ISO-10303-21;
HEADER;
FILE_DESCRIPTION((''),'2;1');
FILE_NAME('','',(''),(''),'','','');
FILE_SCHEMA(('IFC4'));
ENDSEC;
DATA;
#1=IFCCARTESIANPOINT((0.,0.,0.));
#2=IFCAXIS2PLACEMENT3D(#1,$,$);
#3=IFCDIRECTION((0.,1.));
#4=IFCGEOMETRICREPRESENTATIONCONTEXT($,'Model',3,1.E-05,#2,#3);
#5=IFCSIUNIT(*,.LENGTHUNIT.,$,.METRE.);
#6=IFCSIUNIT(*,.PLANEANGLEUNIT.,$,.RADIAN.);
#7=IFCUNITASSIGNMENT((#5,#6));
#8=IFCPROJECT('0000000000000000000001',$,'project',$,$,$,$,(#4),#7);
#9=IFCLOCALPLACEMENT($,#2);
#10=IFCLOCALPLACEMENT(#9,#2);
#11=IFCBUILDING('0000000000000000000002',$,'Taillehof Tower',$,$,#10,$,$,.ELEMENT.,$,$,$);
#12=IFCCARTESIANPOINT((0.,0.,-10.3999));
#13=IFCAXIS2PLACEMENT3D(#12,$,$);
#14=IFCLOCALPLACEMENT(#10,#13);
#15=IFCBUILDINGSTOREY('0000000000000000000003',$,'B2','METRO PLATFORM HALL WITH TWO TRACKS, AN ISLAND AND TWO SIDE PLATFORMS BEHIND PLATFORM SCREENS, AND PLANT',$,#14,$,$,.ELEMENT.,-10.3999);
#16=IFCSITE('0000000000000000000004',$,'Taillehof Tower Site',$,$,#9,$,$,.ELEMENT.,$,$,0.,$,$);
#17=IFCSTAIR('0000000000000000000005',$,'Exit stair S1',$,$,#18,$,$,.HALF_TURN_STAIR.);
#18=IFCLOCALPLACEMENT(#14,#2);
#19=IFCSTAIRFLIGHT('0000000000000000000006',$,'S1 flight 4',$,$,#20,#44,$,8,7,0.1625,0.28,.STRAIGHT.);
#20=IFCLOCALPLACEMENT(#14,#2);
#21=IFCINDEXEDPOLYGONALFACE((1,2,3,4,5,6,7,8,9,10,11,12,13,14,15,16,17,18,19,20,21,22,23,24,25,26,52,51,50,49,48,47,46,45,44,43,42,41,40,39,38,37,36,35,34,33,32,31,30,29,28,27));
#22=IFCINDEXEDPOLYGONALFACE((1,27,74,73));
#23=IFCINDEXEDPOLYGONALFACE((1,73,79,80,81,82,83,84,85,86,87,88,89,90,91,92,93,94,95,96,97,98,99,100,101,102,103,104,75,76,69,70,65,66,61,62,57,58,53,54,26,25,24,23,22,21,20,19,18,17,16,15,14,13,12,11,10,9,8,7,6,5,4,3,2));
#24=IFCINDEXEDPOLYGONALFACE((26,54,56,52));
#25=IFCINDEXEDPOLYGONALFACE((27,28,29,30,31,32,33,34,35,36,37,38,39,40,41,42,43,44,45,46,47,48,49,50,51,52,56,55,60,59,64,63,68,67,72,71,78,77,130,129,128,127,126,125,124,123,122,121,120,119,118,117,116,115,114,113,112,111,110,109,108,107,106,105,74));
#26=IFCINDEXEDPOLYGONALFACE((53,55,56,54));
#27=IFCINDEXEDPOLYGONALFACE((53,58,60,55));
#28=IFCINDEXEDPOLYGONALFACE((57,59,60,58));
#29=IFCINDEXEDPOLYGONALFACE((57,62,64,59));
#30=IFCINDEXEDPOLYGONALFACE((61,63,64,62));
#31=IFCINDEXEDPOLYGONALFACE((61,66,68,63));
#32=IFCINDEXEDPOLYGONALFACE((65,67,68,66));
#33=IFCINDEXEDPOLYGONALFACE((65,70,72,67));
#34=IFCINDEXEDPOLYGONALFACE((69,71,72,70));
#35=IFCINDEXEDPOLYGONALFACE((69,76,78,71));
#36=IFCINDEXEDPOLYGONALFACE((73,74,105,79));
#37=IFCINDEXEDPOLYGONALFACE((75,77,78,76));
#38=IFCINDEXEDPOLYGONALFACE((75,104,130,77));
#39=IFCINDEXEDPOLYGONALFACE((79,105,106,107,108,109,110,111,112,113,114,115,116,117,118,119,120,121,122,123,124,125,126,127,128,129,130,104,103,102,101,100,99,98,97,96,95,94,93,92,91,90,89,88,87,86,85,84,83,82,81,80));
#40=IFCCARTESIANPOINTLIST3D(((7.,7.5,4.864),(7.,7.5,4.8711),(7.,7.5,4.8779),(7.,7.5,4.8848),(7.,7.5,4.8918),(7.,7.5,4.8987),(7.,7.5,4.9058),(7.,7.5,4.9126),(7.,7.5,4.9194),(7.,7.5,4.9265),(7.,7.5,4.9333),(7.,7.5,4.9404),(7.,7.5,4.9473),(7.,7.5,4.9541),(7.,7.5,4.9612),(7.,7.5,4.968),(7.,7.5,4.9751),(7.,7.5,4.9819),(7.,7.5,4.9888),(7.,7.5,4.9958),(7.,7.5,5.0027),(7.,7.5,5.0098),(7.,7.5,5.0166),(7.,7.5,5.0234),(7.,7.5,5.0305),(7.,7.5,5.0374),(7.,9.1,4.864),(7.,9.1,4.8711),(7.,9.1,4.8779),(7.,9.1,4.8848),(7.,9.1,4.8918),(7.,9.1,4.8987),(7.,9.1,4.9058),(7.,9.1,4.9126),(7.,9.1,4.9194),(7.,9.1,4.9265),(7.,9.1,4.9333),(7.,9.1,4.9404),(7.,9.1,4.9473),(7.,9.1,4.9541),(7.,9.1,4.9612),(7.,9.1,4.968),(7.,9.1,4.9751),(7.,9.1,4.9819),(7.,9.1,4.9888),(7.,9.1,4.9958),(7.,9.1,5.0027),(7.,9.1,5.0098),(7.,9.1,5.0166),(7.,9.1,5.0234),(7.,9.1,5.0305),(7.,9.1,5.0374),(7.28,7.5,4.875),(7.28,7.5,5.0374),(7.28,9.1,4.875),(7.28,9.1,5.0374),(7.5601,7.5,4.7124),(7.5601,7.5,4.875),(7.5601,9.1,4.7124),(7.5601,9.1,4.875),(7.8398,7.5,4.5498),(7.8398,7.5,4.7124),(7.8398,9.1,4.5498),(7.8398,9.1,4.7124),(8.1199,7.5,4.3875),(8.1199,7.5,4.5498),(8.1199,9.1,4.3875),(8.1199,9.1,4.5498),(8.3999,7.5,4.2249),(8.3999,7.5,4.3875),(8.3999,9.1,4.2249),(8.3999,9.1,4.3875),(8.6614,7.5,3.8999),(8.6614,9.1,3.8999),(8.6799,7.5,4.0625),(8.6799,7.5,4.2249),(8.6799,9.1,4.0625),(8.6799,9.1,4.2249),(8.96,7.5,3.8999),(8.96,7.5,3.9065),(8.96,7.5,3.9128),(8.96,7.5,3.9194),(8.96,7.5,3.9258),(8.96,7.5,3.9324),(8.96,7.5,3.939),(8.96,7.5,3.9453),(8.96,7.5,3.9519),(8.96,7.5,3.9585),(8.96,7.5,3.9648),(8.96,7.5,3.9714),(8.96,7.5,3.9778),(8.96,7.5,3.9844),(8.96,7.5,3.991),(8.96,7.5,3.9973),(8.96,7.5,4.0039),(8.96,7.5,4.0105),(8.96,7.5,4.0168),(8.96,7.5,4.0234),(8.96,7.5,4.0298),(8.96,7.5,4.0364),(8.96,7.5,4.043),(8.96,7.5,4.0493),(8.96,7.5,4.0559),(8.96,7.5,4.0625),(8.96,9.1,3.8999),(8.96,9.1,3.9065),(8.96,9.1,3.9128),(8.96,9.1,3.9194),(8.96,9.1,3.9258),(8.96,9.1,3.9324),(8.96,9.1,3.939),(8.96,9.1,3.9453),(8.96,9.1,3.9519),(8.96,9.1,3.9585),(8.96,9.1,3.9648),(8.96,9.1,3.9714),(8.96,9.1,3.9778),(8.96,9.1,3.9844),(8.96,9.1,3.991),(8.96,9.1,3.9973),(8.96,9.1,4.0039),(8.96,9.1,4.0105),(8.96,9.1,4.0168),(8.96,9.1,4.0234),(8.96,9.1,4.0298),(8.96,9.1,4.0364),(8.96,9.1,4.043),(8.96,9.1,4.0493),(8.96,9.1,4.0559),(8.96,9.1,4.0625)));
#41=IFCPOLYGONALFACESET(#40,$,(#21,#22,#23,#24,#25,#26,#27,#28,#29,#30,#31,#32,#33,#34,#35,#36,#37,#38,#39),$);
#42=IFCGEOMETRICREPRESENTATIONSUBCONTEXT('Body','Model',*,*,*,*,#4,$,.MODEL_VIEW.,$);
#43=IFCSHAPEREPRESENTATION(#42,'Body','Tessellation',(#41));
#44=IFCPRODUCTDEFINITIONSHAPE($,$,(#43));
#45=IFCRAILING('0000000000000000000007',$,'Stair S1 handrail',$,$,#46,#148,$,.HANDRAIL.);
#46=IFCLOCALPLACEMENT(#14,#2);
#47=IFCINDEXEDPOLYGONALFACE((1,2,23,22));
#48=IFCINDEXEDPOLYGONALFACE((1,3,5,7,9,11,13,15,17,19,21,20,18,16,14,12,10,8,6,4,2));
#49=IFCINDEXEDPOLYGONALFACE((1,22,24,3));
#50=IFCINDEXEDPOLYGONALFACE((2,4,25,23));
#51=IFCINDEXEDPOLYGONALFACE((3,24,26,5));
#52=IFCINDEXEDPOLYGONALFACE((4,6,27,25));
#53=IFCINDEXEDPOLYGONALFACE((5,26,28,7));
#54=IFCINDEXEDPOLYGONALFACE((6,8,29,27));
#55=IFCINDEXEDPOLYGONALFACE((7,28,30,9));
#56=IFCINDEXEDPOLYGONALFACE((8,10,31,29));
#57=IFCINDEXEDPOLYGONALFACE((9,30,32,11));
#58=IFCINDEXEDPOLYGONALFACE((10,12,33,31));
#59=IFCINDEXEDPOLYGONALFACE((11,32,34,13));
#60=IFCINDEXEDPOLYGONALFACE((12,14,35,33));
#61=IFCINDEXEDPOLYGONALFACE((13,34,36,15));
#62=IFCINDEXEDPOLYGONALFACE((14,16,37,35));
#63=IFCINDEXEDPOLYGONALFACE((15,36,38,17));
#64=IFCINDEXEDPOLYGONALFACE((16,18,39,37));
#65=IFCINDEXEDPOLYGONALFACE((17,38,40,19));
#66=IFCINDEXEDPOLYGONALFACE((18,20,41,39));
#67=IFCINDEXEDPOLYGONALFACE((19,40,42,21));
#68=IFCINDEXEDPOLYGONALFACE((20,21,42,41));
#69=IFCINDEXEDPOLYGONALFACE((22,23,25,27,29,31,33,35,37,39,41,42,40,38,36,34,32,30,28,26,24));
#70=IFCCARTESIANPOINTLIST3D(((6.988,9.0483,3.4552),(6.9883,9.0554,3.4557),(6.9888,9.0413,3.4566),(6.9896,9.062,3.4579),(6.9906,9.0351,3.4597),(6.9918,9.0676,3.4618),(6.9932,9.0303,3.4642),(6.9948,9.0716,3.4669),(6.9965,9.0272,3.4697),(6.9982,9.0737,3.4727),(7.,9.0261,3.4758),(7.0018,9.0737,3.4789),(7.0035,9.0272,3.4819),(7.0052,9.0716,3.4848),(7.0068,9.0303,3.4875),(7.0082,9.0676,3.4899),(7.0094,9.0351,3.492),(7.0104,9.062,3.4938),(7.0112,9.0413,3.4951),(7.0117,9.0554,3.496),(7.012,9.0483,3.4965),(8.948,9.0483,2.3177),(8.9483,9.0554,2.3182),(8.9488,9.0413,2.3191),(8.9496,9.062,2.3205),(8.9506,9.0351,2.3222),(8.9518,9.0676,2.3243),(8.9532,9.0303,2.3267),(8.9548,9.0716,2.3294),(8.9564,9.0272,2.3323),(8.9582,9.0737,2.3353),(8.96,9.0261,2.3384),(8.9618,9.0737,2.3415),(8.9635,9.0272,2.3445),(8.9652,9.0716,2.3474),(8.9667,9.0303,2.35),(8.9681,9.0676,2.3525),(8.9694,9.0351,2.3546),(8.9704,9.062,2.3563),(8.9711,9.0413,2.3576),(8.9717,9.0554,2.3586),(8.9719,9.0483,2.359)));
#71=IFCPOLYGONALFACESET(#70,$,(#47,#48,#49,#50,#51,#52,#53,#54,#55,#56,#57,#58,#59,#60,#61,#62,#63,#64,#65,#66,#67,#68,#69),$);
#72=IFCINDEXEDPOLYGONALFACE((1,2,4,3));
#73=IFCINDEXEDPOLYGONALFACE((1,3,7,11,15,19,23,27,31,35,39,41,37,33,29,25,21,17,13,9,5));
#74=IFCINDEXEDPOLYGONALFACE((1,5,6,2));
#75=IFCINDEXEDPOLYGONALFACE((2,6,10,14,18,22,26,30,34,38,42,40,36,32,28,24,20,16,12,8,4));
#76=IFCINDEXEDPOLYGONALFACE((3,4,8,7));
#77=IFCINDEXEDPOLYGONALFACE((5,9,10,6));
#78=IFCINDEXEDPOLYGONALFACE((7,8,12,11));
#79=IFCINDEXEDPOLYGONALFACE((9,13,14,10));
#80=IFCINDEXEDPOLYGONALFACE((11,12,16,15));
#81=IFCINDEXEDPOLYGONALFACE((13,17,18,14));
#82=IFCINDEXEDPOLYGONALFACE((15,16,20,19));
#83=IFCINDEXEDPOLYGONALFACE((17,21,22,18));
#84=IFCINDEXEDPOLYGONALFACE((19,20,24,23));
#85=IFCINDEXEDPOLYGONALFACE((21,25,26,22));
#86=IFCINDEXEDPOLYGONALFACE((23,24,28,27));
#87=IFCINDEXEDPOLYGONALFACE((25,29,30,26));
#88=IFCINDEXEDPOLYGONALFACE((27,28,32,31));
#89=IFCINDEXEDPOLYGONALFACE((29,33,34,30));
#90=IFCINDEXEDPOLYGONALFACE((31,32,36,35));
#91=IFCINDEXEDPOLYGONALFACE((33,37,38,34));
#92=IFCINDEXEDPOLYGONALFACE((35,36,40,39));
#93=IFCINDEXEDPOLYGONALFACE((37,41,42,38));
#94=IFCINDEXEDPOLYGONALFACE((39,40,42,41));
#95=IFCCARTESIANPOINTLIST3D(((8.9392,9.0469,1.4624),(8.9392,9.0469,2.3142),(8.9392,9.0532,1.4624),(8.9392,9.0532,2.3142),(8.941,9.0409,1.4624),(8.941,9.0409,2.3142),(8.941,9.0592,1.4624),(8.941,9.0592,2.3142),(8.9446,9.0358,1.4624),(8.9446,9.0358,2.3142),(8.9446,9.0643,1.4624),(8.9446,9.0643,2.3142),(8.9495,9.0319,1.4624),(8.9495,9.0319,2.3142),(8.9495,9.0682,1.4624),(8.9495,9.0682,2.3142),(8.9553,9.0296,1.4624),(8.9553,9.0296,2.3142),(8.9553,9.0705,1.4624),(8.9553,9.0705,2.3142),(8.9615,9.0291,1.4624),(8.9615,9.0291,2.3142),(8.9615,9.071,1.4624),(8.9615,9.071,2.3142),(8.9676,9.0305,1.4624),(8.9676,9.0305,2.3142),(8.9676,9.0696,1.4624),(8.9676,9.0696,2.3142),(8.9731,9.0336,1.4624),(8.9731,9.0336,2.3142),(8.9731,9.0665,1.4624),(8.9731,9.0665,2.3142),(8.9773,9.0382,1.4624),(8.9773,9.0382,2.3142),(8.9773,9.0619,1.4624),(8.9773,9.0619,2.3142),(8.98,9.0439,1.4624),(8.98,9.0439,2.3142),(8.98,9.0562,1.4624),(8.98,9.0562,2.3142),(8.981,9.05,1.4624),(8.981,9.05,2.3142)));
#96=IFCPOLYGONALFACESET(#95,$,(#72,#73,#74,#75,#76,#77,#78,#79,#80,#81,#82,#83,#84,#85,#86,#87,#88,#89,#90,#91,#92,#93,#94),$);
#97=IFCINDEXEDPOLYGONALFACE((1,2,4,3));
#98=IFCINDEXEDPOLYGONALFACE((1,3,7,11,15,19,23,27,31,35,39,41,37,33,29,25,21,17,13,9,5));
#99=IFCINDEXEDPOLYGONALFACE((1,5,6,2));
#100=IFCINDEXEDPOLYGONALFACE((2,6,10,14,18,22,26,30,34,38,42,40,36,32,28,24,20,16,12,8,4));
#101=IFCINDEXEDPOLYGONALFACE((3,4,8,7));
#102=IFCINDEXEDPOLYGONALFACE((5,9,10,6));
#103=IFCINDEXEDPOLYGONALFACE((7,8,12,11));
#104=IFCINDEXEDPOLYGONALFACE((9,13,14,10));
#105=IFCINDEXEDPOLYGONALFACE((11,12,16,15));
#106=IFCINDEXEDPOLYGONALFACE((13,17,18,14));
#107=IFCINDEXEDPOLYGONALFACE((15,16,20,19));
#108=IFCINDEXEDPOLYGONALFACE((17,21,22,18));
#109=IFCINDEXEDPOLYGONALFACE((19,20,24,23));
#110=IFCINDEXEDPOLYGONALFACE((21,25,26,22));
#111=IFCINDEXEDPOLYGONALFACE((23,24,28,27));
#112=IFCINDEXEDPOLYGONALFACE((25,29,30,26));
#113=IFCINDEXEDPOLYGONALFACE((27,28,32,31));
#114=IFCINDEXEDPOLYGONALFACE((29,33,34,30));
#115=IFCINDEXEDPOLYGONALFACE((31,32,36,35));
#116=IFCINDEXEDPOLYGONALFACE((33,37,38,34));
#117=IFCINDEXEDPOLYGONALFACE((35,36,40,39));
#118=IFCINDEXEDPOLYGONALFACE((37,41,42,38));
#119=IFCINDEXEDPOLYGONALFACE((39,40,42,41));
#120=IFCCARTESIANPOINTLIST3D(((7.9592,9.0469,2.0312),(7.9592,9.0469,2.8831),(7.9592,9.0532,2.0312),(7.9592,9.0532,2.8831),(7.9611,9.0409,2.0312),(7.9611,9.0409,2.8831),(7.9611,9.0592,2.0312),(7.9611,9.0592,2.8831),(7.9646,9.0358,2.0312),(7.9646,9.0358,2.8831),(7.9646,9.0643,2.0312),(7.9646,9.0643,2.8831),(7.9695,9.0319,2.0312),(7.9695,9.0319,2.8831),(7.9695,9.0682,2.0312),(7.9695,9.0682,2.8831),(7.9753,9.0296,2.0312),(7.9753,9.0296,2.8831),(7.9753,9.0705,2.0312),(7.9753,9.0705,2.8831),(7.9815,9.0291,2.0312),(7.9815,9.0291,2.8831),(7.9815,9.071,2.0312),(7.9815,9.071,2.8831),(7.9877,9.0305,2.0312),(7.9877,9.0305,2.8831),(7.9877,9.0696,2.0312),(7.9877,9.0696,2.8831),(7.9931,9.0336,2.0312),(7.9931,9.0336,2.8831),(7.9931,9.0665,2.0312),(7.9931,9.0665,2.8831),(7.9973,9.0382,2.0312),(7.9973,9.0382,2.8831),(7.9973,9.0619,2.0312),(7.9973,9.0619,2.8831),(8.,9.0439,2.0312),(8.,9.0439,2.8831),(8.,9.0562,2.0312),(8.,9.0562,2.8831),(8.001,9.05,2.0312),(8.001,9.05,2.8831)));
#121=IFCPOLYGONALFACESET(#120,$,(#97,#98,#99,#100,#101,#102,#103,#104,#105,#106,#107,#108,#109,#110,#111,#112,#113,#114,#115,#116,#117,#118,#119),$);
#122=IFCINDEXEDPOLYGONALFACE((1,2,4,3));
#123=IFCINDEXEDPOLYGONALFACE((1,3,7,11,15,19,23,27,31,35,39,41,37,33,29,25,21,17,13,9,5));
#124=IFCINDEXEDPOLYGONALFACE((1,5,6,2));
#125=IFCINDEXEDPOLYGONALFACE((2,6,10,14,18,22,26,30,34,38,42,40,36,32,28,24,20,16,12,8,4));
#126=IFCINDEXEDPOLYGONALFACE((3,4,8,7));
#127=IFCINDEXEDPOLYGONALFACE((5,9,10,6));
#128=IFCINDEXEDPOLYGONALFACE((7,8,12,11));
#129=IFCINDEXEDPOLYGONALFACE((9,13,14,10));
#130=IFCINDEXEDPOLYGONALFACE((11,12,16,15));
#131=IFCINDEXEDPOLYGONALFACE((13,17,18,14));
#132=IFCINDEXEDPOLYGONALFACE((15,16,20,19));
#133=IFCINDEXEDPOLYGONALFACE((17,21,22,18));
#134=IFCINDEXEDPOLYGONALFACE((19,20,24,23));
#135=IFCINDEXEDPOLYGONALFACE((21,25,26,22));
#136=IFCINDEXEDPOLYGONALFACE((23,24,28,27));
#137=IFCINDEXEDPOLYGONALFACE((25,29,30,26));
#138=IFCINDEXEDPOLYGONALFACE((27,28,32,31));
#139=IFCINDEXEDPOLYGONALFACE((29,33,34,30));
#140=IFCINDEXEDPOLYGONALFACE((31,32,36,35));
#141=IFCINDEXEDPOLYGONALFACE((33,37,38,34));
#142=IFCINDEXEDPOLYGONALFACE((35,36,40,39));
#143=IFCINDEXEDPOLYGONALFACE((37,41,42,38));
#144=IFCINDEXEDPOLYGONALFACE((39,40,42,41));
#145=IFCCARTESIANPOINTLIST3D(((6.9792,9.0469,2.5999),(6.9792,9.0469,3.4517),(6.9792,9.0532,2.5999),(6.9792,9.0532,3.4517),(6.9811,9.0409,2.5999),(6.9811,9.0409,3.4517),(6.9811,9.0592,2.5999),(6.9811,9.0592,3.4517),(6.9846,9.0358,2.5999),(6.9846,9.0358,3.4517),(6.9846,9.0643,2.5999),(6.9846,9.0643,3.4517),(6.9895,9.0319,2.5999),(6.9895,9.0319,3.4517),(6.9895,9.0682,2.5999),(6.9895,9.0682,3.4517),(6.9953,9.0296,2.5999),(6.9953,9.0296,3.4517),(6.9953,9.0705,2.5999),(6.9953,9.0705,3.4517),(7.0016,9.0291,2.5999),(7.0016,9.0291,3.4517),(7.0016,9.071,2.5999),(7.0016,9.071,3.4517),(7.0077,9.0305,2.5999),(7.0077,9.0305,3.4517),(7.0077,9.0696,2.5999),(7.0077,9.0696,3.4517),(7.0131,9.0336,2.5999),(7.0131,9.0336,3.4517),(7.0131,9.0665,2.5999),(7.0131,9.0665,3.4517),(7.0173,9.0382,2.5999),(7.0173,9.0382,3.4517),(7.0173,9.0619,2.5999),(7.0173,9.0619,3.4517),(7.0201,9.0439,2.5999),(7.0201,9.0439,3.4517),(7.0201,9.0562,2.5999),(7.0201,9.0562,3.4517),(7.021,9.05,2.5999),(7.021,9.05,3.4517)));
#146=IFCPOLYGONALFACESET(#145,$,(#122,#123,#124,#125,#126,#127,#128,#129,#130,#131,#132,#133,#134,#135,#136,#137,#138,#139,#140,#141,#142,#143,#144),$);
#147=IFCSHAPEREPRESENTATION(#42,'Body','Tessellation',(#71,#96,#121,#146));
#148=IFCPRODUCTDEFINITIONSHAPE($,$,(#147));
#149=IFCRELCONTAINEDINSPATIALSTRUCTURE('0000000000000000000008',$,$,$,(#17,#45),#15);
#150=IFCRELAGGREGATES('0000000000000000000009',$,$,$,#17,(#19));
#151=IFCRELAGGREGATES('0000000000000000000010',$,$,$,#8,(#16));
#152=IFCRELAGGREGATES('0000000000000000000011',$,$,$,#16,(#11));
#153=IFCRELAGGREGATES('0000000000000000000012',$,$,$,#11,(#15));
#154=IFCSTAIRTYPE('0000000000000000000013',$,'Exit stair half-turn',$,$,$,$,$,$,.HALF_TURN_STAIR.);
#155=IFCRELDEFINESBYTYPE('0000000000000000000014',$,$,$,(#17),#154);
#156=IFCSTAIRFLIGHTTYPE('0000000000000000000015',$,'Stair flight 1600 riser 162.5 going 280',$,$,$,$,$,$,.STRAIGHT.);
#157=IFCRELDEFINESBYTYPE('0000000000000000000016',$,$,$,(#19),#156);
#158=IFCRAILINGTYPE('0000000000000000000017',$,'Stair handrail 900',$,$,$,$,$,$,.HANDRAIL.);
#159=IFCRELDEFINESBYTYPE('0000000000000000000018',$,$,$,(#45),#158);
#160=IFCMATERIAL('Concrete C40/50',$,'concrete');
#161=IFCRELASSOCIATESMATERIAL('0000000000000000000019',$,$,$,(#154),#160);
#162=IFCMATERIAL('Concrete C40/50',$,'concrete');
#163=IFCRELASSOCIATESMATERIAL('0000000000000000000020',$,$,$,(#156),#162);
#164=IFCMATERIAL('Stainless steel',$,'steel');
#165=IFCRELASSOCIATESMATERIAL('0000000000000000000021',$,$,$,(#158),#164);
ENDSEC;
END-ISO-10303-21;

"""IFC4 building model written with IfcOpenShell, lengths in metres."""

from ifc_helpers import new_model, si_unit, direction, frame, origin, origin_2d, place, context, subcontext, project, spatial, polyline, circle, outline, extrude, material, type_object, element, aggregate, save


model = new_model("IFC4")

# Units and contexts
model_context = context("Model", 3, precision=1e-05, world=origin(), true_north=direction((0.0, 1.0)))
body_context = subcontext(model_context, "Body", "Model", "MODEL_VIEW")
ifc_project = project(units=[si_unit("LENGTHUNIT", "METRE"), si_unit("PLANEANGLEUNIT", "RADIAN")], contexts=[model_context])

# Site, building, storey
site_placement = place(None, origin())
site = spatial("IfcSite", under=ifc_project, at=site_placement, Name="Taillehof Tower Site", CompositionType="ELEMENT", RefElevation=0.0)
building_placement = place(site_placement, origin())
building = spatial("IfcBuilding", under=site, at=building_placement, Name="Taillehof Tower", CompositionType="ELEMENT")
storey_placement = place(building_placement, frame((0.0, 0.0, -10.3999)))
storey = spatial("IfcBuildingStorey", under=building, at=storey_placement, Name="B2", Description="METRO PLATFORM HALL WITH TWO TRACKS, AN ISLAND AND TWO SIDE PLATFORMS BEHIND PLATFORM SCREENS, AND PLANT", CompositionType="ELEMENT", Elevation=-10.3999)

# Stair, stair flight
ifc_material_1 = material(Name="Concrete C40/50", Category="concrete")
stair_type = type_object("IfcStairType", Name="Exit stair half-turn", PredefinedType="HALF_TURN_STAIR", material=ifc_material_1)
stair_placement = place(storey_placement, origin())
stair = element("IfcStair", 1, at=stair_placement, inside=storey, type_object=stair_type, Name="Exit stair S1", PredefinedType="HALF_TURN_STAIR")
ifc_material_2 = material(Name="Concrete C40/50", Category="concrete")
stair_flight_type = type_object("IfcStairFlightType", Name="Stair flight 1600 riser 162.5 going 280", PredefinedType="STRAIGHT", material=ifc_material_2)
stair_flight_1_placement = place(storey_placement, frame((8.96, 8.3, 3.8999), z_axis=(0.0, 0.0, 1.0), x_axis=(-1.0, 0.0, 0.0)))
stair_flight_1 = element("IfcStairFlight", 2, at=stair_flight_1_placement, type_object=stair_flight_type, Name="S1 flight 4", NumberOfRisers=8, NumberOfTreads=7, PredefinedType="STRAIGHT", RiserHeight=0.1625, TreadLength=0.28, context=body_context, shape_type="SweptSolid", body=[
    extrude(outline(polyline([(0.0, 0.0), (0.0, 0.0066), (0.0, 0.0129), (0.0, 0.0195), (0.0, 0.0259), (0.0, 0.0325), (0.0, 0.0391), (0.0, 0.0454), (0.0, 0.052), (0.0, 0.0586), (0.0, 0.0649), (0.0, 0.0715), (0.0, 0.0779), (0.0, 0.0845), (0.0, 0.0911), (0.0, 0.0974), (0.0, 0.104), (0.0, 0.1106), (0.0, 0.1169), (0.0, 0.1235), (0.0, 0.1299), (0.0, 0.1365), (0.0, 0.1431), (0.0, 0.1494), (0.0, 0.156), (0.0, 0.1626), (0.28, 0.1626), (0.28, 0.325), (0.5601, 0.325), (0.5601, 0.4875), (0.8401, 0.4875), (0.8401, 0.6499), (1.1201, 0.6499), (1.1201, 0.8125), (1.3999, 0.8125), (1.3999, 0.9751), (1.6799, 0.9751), (1.6799, 1.1375), (1.96, 1.1375), (1.96, 1.1306), (1.96, 1.1235), (1.96, 1.1167), (1.96, 1.1099), (1.96, 1.1028), (1.96, 1.0959), (1.96, 1.0889), (1.96, 1.082), (1.96, 1.0752), (1.96, 1.0681), (1.96, 1.0613), (1.96, 1.0542), (1.96, 1.0474), (1.96, 1.0405), (1.96, 1.0334), (1.96, 1.0266), (1.96, 1.0195), (1.96, 1.0127), (1.96, 1.0059), (1.96, 0.9988), (1.96, 0.9919), (1.96, 0.9849), (1.96, 0.978), (1.96, 0.9712), (1.96, 0.9641), (0.2986, 0.0), (0.0, 0.0)])), frame((0.0, 0.8, 0.0), z_axis=(0.0, -1.0, 0.0), x_axis=(1.0, 0.0, 0.0)), (0.0, 0.0, 1.0), 1.6),
])
aggregate(stair, [stair_flight_1])

# Railing
ifc_material_3 = material(Name="Stainless steel", Category="steel")
railing_type = type_object("IfcRailingType", Name="Stair handrail 900", PredefinedType="HANDRAIL", material=ifc_material_3)
for number, where, name in (
    (3, (8.96, 9.05, 1.4624), "Stair S1 handrail"),
):
    element("IfcRailing", number, at=place(storey_placement, frame(where)), inside=storey, type_object=railing_type, Name=name, PredefinedType="HANDRAIL", context=body_context, shape_type="SweptSolid", body=[
        extrude(circle(Radius=0.0239, at=origin_2d()), frame((0.0, 0.0, 0.876), z_axis=(-0.864902, 0.0, 0.501941), x_axis=(0.0, -1.0, 0.0)), (0.0, 0.0, 1.0), 2.2661),
        extrude(circle(Radius=0.021, at=origin_2d()), origin(), (0.0, 0.0, 1.0), 0.8518),
        extrude(circle(Radius=0.021, at=origin_2d()), frame((-0.98, 0.0, 0.5688)), (0.0, 0.0, 1.0), 0.8518),
        extrude(circle(Radius=0.021, at=origin_2d()), frame((-1.96, 0.0, 1.1375)), (0.0, 0.0, 1.0), 0.8518),
    ])

save(model, "model.ifc")
